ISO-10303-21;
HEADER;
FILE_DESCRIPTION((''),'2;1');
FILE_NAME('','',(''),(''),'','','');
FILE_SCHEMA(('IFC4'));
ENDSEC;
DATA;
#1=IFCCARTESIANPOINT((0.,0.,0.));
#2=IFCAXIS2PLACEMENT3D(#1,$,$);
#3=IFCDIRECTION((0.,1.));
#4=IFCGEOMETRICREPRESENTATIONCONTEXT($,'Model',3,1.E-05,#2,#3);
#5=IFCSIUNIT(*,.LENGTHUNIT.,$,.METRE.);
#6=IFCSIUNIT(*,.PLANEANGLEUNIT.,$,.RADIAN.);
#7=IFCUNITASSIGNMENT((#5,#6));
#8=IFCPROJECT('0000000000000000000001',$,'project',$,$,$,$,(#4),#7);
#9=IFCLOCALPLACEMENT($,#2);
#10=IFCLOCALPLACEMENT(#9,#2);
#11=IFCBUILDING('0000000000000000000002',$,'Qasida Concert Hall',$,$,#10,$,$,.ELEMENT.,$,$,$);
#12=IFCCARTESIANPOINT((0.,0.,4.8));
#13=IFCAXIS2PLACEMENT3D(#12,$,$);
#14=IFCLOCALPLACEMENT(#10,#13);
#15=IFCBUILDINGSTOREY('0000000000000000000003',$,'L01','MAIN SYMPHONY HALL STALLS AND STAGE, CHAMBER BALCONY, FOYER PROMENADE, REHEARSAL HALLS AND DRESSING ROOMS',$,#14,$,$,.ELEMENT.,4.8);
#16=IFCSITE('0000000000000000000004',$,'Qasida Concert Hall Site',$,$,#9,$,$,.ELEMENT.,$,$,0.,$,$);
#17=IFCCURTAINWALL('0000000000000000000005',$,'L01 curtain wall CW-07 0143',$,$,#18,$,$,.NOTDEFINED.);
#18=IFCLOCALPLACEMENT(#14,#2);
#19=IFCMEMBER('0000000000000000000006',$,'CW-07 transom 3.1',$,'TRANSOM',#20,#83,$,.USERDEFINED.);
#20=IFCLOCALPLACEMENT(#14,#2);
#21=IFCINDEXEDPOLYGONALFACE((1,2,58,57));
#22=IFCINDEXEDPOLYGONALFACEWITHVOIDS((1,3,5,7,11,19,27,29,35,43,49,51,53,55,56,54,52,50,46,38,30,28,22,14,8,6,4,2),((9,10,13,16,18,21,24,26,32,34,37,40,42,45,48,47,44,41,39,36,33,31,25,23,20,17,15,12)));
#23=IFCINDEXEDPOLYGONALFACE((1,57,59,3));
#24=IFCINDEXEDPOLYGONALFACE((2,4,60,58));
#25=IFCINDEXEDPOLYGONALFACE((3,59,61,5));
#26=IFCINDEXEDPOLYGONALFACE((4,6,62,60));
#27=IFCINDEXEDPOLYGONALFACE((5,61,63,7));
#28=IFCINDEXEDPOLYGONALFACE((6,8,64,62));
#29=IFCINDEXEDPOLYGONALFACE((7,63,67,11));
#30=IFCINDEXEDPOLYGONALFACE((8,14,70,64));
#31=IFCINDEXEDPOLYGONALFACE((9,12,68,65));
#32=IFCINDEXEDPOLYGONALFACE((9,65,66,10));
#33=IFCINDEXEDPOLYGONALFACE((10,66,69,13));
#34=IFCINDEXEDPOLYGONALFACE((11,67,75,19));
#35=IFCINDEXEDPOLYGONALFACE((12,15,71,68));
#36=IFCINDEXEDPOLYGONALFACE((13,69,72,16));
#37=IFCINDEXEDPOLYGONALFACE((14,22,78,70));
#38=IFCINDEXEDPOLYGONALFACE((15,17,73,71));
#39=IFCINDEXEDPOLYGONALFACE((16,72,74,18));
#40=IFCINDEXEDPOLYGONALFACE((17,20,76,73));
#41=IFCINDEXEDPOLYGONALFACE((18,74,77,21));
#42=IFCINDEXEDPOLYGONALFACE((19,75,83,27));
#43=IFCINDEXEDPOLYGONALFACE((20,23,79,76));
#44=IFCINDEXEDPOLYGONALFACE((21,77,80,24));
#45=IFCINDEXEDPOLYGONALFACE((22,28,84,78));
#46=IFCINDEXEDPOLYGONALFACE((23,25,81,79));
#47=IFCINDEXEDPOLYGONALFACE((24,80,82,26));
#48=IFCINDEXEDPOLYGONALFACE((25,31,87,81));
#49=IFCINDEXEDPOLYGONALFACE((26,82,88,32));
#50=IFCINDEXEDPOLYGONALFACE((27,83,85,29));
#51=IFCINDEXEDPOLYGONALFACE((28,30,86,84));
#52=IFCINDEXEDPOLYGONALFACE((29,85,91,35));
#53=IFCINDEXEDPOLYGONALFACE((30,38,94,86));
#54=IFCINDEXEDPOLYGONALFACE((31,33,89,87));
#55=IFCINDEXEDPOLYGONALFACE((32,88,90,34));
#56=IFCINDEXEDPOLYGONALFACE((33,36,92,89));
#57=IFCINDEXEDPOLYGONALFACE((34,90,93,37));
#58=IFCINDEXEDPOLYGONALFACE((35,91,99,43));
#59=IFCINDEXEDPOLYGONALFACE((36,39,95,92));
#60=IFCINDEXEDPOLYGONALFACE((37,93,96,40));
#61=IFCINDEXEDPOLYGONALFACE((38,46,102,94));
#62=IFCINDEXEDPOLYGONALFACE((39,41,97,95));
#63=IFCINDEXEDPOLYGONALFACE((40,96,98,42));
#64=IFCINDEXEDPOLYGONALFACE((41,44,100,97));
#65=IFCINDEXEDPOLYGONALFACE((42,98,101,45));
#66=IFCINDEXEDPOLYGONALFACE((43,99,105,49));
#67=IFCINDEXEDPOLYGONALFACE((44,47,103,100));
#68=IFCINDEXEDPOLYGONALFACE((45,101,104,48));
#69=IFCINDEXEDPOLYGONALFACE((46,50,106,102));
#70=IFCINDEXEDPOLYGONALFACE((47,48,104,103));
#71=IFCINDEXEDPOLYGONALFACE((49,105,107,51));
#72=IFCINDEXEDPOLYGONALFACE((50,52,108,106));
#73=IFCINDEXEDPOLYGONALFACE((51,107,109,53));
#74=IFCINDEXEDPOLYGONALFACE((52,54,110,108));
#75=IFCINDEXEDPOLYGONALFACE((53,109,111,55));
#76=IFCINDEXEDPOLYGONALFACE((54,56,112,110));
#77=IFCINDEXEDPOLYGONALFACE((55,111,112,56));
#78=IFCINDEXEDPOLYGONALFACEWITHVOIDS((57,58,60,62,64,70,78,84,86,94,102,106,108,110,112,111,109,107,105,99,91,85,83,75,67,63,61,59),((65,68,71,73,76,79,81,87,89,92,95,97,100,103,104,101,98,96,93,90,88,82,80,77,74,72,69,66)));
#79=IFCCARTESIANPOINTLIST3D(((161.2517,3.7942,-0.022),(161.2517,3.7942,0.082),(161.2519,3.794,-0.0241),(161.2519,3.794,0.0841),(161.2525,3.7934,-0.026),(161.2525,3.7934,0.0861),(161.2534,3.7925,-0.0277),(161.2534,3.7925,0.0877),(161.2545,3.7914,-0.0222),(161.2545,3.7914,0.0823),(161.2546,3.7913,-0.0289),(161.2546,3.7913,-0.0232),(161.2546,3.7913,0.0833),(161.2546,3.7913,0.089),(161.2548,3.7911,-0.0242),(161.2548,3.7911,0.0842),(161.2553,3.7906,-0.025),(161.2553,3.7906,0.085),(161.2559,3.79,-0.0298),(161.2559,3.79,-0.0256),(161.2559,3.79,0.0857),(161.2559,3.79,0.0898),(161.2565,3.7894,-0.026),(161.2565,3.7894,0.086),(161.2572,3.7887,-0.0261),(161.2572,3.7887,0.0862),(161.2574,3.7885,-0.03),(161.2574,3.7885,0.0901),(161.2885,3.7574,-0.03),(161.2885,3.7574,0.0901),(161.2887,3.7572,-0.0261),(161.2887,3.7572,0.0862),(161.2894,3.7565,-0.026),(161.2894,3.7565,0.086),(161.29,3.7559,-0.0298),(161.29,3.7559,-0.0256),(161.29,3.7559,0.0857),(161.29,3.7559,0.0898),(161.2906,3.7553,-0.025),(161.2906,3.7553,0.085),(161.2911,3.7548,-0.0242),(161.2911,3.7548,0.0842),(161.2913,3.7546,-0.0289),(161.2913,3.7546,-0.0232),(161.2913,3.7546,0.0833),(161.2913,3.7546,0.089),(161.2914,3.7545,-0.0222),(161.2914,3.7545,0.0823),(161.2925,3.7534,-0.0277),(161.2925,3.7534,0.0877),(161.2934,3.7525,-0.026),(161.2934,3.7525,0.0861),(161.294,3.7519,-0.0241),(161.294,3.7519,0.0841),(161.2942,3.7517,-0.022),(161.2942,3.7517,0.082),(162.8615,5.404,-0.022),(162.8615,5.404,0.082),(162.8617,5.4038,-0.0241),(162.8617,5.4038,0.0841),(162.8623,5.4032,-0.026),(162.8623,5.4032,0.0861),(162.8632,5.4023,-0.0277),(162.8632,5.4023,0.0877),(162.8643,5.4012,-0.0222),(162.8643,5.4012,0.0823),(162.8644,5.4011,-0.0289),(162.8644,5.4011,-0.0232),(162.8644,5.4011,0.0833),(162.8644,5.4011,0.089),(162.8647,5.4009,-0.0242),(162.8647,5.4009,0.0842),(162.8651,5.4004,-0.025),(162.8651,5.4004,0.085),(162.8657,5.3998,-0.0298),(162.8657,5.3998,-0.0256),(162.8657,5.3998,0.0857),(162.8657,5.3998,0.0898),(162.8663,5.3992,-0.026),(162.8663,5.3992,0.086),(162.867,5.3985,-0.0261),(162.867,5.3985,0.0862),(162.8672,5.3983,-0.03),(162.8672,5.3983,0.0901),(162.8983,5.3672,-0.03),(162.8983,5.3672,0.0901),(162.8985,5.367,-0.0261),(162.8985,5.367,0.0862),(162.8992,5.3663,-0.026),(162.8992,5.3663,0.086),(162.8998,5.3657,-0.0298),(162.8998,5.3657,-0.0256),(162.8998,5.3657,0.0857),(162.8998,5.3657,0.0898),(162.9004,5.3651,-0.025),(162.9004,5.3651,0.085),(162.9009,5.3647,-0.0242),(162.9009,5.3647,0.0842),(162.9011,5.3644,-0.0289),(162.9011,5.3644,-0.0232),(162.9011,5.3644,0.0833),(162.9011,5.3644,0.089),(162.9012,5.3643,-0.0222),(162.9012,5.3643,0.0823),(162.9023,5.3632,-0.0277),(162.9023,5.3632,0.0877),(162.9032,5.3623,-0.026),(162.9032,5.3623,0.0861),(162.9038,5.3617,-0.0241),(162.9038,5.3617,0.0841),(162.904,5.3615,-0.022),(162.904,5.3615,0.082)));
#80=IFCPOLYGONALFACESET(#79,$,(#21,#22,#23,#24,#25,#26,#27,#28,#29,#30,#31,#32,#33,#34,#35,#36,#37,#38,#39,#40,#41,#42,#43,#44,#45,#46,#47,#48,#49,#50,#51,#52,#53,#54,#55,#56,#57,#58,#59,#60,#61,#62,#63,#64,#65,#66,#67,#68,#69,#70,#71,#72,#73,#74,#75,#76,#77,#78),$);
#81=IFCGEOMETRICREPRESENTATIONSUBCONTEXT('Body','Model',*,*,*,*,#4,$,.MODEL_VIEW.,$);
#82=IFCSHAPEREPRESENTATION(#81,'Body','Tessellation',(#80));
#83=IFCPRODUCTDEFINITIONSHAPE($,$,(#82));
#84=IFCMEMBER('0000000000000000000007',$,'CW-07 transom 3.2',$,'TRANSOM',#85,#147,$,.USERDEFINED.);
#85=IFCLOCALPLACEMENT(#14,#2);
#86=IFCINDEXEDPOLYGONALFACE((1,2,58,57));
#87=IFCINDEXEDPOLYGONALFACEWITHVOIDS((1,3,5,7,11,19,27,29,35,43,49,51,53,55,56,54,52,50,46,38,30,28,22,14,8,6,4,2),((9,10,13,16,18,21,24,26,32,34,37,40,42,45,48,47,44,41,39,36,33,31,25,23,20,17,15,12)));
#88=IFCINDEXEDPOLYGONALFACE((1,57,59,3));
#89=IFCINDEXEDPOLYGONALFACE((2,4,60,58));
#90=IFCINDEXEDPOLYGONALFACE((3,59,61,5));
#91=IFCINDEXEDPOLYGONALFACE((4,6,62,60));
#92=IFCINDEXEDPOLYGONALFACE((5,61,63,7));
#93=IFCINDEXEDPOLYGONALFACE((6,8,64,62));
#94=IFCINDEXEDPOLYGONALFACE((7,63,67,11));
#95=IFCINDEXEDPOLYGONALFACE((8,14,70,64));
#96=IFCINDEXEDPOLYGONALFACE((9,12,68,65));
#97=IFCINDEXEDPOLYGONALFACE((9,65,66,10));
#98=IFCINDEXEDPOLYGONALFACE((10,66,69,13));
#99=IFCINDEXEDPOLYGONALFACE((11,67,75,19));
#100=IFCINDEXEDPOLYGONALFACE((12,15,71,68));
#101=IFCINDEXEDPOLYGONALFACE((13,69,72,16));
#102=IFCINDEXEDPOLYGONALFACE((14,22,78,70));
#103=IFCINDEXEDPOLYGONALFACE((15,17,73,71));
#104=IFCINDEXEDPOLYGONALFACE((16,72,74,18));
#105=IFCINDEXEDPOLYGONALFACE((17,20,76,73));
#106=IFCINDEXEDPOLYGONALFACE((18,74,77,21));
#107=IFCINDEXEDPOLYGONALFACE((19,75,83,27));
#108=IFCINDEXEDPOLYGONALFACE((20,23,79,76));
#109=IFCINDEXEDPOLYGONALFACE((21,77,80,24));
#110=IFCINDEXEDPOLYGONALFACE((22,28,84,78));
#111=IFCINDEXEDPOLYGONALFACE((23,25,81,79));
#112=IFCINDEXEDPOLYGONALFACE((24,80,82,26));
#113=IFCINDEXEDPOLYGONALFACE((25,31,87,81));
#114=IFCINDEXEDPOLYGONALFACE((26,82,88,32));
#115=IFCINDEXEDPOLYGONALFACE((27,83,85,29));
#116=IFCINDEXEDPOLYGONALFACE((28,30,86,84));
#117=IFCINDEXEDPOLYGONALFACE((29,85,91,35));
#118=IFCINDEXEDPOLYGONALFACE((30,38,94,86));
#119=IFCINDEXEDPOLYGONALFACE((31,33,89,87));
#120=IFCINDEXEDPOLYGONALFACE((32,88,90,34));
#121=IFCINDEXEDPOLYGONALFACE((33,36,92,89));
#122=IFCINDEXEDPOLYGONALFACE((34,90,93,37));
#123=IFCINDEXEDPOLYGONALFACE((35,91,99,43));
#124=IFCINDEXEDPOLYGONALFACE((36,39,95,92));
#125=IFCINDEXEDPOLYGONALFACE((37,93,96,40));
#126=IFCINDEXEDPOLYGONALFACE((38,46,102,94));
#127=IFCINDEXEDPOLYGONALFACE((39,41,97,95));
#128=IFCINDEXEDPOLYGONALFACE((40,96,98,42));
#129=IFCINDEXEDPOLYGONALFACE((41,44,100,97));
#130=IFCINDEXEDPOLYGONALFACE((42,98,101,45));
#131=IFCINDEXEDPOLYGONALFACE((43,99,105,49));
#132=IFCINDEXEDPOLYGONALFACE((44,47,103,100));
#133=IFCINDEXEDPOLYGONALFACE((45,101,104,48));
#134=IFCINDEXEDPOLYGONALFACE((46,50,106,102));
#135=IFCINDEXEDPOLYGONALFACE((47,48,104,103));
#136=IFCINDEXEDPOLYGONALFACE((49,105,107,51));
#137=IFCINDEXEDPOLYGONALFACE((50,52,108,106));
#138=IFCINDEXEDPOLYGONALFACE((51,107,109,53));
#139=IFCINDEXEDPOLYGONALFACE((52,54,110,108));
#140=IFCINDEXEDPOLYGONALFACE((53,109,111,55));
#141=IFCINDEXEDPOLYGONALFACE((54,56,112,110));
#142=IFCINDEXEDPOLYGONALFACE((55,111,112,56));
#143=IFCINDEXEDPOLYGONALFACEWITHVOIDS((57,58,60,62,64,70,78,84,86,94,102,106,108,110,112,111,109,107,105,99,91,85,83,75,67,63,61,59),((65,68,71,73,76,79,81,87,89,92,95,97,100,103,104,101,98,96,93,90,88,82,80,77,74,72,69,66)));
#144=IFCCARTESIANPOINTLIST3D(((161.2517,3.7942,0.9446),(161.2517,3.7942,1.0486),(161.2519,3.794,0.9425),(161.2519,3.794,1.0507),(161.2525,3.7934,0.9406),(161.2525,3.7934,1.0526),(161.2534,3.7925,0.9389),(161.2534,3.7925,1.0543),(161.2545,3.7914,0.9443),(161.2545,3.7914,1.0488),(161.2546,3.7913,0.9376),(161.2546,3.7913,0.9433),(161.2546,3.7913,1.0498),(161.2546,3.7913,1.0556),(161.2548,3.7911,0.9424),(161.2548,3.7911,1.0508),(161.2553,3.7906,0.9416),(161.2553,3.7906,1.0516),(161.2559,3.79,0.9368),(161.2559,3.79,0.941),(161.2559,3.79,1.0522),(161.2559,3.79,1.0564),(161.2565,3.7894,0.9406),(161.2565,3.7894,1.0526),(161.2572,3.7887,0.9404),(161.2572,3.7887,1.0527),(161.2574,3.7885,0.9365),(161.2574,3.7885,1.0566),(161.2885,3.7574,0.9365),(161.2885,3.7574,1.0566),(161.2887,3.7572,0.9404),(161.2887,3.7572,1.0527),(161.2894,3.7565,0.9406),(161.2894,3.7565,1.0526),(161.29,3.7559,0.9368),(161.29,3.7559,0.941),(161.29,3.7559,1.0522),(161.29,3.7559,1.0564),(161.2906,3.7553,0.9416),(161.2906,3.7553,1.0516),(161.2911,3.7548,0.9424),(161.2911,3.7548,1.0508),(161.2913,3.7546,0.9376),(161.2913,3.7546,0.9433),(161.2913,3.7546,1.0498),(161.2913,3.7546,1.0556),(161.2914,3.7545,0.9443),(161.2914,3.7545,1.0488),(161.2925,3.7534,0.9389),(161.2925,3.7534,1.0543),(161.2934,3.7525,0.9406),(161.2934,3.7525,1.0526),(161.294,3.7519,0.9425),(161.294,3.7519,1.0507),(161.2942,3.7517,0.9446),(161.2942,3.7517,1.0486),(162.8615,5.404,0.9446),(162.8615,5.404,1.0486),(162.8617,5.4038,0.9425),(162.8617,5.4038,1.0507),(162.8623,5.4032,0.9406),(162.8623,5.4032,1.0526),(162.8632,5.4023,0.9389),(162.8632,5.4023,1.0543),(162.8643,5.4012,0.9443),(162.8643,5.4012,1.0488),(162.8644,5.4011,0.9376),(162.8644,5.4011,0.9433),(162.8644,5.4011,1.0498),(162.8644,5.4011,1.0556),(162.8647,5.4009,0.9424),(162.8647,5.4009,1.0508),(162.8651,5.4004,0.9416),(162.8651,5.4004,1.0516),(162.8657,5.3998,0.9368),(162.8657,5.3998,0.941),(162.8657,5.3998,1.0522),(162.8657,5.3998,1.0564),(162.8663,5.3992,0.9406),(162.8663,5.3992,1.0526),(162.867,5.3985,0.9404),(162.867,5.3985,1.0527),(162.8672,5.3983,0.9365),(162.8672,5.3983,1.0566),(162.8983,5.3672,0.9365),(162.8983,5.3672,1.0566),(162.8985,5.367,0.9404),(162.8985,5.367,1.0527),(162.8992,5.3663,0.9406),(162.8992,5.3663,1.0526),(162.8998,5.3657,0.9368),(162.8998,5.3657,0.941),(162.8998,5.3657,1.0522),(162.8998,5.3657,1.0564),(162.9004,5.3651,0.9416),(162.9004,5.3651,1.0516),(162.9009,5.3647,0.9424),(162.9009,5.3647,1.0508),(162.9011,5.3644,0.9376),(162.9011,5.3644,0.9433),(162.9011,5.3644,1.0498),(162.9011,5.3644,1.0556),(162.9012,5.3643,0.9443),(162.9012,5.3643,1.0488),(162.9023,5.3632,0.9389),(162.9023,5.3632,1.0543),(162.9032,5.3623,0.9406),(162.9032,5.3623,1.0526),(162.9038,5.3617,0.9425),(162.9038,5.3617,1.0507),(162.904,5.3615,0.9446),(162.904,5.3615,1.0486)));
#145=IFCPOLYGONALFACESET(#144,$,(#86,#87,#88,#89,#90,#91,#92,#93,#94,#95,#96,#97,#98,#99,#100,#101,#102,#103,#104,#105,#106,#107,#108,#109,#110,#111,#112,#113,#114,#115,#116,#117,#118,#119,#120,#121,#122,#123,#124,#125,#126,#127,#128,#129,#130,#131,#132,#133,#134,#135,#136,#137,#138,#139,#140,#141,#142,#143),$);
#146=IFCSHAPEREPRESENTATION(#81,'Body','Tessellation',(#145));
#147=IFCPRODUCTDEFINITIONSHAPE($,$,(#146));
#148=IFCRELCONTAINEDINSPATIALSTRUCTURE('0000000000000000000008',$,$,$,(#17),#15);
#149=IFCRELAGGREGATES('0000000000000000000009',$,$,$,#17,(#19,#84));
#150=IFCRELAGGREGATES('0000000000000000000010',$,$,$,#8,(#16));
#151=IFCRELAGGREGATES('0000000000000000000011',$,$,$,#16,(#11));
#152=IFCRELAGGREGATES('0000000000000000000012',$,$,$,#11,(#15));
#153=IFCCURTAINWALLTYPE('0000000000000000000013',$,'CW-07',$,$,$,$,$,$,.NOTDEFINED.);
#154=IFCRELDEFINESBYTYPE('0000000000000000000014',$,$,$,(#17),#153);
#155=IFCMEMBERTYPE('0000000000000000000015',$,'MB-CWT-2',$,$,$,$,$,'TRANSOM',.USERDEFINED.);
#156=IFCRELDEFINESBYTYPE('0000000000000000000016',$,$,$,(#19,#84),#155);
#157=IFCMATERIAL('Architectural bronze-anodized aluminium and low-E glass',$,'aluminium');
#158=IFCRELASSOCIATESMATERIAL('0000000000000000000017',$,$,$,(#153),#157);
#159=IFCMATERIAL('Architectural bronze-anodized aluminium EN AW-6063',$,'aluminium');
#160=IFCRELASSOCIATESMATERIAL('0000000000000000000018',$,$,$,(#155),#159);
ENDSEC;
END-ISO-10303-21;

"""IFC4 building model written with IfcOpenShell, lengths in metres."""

from ifc_helpers import new_model, si_unit, direction, frame, origin, origin_2d, place, context, subcontext, project, spatial, hollow_rectangle, extrude, material, material_profile, profile_set, type_object, element, aggregate, save


model = new_model("IFC4")

# Units and contexts
model_context = context("Model", 3, precision=1e-05, world=origin(), true_north=direction((0.0, 1.0)))
body_context = subcontext(model_context, "Body", "Model", "MODEL_VIEW")
ifc_project = project(units=[si_unit("LENGTHUNIT", "METRE"), si_unit("PLANEANGLEUNIT", "RADIAN")], contexts=[model_context])

# Site, building, storey
site_placement = place(None, origin())
site = spatial("IfcSite", under=ifc_project, at=site_placement, Name="Qasida Concert Hall Site", CompositionType="ELEMENT", RefElevation=0.0)
building_placement = place(site_placement, origin())
building = spatial("IfcBuilding", under=site, at=building_placement, Name="Qasida Concert Hall", CompositionType="ELEMENT")
storey_placement = place(building_placement, frame((0.0, 0.0, 4.8)))
storey = spatial("IfcBuildingStorey", under=building, at=storey_placement, Name="L01", Description="MAIN SYMPHONY HALL STALLS AND STAGE, CHAMBER BALCONY, FOYER PROMENADE, REHEARSAL HALLS AND DRESSING ROOMS", CompositionType="ELEMENT", Elevation=4.8)

# Curtain wall, members
ifc_material_1 = material(Name="Architectural bronze-anodized aluminium and low-E glass", Category="aluminium")
curtain_wall_type = type_object("IfcCurtainWallType", Name="CW-07", PredefinedType="NOTDEFINED", material=ifc_material_1)
curtain_wall_placement = place(storey_placement, origin())
curtain_wall = element("IfcCurtainWall", 1, at=curtain_wall_placement, inside=storey, type_object=curtain_wall_type, Name="L01 curtain wall CW-07 0143", PredefinedType="NOTDEFINED")
ifc_material_2 = material(Name="Architectural bronze-anodized aluminium EN AW-6063", Category="aluminium")
ifc_material_profile_1 = material_profile(ifc_material_2, hollow_rectangle(XDim=0.0601, YDim=0.1201, WallThickness=0.0039, InnerFilletRadius=0.0039, OuterFilletRadius=0.0081, at=origin_2d()), Name="CWT 120x60x4")
ifc_profile_set_1 = profile_set([ifc_material_profile_1], Name="Architectural bronze-anodized aluminium EN AW-6063")
member_type_1 = type_object("IfcMemberType", Name="MB-CWT-2", ElementType="TRANSOM", PredefinedType="USERDEFINED", material=ifc_profile_set_1)
member_1_placement = place(storey_placement, frame((161.2729, 3.7729, 0.03), z_axis=(0.707107, 0.707107, 0.0), x_axis=(-0.707107, 0.707107, 0.0)))
member_1 = element("IfcMember", 2, at=member_1_placement, type_object=member_type_1, Name="CW-07 transom 3.1", ObjectType="TRANSOM", PredefinedType="USERDEFINED", context=body_context, shape_type="SweptSolid", body=[
    extrude(hollow_rectangle(XDim=0.0601, YDim=0.1201, WallThickness=0.0039, InnerFilletRadius=0.0039, OuterFilletRadius=0.0081, at=origin_2d()), origin(), (0.0, 0.0, 1.0), 2.2766),
])
member_2_placement = place(storey_placement, frame((161.2729, 3.7729, 0.9966), z_axis=(0.707107, 0.707107, 0.0), x_axis=(-0.707107, 0.707107, 0.0)))
member_2 = element("IfcMember", 3, at=member_2_placement, type_object=member_type_1, Name="CW-07 transom 3.2", ObjectType="TRANSOM", PredefinedType="USERDEFINED", context=body_context, shape_type="SweptSolid", body=[
    extrude(hollow_rectangle(XDim=0.0601, YDim=0.1201, WallThickness=0.0039, InnerFilletRadius=0.0039, OuterFilletRadius=0.0081, at=origin_2d()), origin(), (0.0, 0.0, 1.0), 2.2766),
])
aggregate(curtain_wall, [member_1, member_2])

save(model, "model.ifc")
